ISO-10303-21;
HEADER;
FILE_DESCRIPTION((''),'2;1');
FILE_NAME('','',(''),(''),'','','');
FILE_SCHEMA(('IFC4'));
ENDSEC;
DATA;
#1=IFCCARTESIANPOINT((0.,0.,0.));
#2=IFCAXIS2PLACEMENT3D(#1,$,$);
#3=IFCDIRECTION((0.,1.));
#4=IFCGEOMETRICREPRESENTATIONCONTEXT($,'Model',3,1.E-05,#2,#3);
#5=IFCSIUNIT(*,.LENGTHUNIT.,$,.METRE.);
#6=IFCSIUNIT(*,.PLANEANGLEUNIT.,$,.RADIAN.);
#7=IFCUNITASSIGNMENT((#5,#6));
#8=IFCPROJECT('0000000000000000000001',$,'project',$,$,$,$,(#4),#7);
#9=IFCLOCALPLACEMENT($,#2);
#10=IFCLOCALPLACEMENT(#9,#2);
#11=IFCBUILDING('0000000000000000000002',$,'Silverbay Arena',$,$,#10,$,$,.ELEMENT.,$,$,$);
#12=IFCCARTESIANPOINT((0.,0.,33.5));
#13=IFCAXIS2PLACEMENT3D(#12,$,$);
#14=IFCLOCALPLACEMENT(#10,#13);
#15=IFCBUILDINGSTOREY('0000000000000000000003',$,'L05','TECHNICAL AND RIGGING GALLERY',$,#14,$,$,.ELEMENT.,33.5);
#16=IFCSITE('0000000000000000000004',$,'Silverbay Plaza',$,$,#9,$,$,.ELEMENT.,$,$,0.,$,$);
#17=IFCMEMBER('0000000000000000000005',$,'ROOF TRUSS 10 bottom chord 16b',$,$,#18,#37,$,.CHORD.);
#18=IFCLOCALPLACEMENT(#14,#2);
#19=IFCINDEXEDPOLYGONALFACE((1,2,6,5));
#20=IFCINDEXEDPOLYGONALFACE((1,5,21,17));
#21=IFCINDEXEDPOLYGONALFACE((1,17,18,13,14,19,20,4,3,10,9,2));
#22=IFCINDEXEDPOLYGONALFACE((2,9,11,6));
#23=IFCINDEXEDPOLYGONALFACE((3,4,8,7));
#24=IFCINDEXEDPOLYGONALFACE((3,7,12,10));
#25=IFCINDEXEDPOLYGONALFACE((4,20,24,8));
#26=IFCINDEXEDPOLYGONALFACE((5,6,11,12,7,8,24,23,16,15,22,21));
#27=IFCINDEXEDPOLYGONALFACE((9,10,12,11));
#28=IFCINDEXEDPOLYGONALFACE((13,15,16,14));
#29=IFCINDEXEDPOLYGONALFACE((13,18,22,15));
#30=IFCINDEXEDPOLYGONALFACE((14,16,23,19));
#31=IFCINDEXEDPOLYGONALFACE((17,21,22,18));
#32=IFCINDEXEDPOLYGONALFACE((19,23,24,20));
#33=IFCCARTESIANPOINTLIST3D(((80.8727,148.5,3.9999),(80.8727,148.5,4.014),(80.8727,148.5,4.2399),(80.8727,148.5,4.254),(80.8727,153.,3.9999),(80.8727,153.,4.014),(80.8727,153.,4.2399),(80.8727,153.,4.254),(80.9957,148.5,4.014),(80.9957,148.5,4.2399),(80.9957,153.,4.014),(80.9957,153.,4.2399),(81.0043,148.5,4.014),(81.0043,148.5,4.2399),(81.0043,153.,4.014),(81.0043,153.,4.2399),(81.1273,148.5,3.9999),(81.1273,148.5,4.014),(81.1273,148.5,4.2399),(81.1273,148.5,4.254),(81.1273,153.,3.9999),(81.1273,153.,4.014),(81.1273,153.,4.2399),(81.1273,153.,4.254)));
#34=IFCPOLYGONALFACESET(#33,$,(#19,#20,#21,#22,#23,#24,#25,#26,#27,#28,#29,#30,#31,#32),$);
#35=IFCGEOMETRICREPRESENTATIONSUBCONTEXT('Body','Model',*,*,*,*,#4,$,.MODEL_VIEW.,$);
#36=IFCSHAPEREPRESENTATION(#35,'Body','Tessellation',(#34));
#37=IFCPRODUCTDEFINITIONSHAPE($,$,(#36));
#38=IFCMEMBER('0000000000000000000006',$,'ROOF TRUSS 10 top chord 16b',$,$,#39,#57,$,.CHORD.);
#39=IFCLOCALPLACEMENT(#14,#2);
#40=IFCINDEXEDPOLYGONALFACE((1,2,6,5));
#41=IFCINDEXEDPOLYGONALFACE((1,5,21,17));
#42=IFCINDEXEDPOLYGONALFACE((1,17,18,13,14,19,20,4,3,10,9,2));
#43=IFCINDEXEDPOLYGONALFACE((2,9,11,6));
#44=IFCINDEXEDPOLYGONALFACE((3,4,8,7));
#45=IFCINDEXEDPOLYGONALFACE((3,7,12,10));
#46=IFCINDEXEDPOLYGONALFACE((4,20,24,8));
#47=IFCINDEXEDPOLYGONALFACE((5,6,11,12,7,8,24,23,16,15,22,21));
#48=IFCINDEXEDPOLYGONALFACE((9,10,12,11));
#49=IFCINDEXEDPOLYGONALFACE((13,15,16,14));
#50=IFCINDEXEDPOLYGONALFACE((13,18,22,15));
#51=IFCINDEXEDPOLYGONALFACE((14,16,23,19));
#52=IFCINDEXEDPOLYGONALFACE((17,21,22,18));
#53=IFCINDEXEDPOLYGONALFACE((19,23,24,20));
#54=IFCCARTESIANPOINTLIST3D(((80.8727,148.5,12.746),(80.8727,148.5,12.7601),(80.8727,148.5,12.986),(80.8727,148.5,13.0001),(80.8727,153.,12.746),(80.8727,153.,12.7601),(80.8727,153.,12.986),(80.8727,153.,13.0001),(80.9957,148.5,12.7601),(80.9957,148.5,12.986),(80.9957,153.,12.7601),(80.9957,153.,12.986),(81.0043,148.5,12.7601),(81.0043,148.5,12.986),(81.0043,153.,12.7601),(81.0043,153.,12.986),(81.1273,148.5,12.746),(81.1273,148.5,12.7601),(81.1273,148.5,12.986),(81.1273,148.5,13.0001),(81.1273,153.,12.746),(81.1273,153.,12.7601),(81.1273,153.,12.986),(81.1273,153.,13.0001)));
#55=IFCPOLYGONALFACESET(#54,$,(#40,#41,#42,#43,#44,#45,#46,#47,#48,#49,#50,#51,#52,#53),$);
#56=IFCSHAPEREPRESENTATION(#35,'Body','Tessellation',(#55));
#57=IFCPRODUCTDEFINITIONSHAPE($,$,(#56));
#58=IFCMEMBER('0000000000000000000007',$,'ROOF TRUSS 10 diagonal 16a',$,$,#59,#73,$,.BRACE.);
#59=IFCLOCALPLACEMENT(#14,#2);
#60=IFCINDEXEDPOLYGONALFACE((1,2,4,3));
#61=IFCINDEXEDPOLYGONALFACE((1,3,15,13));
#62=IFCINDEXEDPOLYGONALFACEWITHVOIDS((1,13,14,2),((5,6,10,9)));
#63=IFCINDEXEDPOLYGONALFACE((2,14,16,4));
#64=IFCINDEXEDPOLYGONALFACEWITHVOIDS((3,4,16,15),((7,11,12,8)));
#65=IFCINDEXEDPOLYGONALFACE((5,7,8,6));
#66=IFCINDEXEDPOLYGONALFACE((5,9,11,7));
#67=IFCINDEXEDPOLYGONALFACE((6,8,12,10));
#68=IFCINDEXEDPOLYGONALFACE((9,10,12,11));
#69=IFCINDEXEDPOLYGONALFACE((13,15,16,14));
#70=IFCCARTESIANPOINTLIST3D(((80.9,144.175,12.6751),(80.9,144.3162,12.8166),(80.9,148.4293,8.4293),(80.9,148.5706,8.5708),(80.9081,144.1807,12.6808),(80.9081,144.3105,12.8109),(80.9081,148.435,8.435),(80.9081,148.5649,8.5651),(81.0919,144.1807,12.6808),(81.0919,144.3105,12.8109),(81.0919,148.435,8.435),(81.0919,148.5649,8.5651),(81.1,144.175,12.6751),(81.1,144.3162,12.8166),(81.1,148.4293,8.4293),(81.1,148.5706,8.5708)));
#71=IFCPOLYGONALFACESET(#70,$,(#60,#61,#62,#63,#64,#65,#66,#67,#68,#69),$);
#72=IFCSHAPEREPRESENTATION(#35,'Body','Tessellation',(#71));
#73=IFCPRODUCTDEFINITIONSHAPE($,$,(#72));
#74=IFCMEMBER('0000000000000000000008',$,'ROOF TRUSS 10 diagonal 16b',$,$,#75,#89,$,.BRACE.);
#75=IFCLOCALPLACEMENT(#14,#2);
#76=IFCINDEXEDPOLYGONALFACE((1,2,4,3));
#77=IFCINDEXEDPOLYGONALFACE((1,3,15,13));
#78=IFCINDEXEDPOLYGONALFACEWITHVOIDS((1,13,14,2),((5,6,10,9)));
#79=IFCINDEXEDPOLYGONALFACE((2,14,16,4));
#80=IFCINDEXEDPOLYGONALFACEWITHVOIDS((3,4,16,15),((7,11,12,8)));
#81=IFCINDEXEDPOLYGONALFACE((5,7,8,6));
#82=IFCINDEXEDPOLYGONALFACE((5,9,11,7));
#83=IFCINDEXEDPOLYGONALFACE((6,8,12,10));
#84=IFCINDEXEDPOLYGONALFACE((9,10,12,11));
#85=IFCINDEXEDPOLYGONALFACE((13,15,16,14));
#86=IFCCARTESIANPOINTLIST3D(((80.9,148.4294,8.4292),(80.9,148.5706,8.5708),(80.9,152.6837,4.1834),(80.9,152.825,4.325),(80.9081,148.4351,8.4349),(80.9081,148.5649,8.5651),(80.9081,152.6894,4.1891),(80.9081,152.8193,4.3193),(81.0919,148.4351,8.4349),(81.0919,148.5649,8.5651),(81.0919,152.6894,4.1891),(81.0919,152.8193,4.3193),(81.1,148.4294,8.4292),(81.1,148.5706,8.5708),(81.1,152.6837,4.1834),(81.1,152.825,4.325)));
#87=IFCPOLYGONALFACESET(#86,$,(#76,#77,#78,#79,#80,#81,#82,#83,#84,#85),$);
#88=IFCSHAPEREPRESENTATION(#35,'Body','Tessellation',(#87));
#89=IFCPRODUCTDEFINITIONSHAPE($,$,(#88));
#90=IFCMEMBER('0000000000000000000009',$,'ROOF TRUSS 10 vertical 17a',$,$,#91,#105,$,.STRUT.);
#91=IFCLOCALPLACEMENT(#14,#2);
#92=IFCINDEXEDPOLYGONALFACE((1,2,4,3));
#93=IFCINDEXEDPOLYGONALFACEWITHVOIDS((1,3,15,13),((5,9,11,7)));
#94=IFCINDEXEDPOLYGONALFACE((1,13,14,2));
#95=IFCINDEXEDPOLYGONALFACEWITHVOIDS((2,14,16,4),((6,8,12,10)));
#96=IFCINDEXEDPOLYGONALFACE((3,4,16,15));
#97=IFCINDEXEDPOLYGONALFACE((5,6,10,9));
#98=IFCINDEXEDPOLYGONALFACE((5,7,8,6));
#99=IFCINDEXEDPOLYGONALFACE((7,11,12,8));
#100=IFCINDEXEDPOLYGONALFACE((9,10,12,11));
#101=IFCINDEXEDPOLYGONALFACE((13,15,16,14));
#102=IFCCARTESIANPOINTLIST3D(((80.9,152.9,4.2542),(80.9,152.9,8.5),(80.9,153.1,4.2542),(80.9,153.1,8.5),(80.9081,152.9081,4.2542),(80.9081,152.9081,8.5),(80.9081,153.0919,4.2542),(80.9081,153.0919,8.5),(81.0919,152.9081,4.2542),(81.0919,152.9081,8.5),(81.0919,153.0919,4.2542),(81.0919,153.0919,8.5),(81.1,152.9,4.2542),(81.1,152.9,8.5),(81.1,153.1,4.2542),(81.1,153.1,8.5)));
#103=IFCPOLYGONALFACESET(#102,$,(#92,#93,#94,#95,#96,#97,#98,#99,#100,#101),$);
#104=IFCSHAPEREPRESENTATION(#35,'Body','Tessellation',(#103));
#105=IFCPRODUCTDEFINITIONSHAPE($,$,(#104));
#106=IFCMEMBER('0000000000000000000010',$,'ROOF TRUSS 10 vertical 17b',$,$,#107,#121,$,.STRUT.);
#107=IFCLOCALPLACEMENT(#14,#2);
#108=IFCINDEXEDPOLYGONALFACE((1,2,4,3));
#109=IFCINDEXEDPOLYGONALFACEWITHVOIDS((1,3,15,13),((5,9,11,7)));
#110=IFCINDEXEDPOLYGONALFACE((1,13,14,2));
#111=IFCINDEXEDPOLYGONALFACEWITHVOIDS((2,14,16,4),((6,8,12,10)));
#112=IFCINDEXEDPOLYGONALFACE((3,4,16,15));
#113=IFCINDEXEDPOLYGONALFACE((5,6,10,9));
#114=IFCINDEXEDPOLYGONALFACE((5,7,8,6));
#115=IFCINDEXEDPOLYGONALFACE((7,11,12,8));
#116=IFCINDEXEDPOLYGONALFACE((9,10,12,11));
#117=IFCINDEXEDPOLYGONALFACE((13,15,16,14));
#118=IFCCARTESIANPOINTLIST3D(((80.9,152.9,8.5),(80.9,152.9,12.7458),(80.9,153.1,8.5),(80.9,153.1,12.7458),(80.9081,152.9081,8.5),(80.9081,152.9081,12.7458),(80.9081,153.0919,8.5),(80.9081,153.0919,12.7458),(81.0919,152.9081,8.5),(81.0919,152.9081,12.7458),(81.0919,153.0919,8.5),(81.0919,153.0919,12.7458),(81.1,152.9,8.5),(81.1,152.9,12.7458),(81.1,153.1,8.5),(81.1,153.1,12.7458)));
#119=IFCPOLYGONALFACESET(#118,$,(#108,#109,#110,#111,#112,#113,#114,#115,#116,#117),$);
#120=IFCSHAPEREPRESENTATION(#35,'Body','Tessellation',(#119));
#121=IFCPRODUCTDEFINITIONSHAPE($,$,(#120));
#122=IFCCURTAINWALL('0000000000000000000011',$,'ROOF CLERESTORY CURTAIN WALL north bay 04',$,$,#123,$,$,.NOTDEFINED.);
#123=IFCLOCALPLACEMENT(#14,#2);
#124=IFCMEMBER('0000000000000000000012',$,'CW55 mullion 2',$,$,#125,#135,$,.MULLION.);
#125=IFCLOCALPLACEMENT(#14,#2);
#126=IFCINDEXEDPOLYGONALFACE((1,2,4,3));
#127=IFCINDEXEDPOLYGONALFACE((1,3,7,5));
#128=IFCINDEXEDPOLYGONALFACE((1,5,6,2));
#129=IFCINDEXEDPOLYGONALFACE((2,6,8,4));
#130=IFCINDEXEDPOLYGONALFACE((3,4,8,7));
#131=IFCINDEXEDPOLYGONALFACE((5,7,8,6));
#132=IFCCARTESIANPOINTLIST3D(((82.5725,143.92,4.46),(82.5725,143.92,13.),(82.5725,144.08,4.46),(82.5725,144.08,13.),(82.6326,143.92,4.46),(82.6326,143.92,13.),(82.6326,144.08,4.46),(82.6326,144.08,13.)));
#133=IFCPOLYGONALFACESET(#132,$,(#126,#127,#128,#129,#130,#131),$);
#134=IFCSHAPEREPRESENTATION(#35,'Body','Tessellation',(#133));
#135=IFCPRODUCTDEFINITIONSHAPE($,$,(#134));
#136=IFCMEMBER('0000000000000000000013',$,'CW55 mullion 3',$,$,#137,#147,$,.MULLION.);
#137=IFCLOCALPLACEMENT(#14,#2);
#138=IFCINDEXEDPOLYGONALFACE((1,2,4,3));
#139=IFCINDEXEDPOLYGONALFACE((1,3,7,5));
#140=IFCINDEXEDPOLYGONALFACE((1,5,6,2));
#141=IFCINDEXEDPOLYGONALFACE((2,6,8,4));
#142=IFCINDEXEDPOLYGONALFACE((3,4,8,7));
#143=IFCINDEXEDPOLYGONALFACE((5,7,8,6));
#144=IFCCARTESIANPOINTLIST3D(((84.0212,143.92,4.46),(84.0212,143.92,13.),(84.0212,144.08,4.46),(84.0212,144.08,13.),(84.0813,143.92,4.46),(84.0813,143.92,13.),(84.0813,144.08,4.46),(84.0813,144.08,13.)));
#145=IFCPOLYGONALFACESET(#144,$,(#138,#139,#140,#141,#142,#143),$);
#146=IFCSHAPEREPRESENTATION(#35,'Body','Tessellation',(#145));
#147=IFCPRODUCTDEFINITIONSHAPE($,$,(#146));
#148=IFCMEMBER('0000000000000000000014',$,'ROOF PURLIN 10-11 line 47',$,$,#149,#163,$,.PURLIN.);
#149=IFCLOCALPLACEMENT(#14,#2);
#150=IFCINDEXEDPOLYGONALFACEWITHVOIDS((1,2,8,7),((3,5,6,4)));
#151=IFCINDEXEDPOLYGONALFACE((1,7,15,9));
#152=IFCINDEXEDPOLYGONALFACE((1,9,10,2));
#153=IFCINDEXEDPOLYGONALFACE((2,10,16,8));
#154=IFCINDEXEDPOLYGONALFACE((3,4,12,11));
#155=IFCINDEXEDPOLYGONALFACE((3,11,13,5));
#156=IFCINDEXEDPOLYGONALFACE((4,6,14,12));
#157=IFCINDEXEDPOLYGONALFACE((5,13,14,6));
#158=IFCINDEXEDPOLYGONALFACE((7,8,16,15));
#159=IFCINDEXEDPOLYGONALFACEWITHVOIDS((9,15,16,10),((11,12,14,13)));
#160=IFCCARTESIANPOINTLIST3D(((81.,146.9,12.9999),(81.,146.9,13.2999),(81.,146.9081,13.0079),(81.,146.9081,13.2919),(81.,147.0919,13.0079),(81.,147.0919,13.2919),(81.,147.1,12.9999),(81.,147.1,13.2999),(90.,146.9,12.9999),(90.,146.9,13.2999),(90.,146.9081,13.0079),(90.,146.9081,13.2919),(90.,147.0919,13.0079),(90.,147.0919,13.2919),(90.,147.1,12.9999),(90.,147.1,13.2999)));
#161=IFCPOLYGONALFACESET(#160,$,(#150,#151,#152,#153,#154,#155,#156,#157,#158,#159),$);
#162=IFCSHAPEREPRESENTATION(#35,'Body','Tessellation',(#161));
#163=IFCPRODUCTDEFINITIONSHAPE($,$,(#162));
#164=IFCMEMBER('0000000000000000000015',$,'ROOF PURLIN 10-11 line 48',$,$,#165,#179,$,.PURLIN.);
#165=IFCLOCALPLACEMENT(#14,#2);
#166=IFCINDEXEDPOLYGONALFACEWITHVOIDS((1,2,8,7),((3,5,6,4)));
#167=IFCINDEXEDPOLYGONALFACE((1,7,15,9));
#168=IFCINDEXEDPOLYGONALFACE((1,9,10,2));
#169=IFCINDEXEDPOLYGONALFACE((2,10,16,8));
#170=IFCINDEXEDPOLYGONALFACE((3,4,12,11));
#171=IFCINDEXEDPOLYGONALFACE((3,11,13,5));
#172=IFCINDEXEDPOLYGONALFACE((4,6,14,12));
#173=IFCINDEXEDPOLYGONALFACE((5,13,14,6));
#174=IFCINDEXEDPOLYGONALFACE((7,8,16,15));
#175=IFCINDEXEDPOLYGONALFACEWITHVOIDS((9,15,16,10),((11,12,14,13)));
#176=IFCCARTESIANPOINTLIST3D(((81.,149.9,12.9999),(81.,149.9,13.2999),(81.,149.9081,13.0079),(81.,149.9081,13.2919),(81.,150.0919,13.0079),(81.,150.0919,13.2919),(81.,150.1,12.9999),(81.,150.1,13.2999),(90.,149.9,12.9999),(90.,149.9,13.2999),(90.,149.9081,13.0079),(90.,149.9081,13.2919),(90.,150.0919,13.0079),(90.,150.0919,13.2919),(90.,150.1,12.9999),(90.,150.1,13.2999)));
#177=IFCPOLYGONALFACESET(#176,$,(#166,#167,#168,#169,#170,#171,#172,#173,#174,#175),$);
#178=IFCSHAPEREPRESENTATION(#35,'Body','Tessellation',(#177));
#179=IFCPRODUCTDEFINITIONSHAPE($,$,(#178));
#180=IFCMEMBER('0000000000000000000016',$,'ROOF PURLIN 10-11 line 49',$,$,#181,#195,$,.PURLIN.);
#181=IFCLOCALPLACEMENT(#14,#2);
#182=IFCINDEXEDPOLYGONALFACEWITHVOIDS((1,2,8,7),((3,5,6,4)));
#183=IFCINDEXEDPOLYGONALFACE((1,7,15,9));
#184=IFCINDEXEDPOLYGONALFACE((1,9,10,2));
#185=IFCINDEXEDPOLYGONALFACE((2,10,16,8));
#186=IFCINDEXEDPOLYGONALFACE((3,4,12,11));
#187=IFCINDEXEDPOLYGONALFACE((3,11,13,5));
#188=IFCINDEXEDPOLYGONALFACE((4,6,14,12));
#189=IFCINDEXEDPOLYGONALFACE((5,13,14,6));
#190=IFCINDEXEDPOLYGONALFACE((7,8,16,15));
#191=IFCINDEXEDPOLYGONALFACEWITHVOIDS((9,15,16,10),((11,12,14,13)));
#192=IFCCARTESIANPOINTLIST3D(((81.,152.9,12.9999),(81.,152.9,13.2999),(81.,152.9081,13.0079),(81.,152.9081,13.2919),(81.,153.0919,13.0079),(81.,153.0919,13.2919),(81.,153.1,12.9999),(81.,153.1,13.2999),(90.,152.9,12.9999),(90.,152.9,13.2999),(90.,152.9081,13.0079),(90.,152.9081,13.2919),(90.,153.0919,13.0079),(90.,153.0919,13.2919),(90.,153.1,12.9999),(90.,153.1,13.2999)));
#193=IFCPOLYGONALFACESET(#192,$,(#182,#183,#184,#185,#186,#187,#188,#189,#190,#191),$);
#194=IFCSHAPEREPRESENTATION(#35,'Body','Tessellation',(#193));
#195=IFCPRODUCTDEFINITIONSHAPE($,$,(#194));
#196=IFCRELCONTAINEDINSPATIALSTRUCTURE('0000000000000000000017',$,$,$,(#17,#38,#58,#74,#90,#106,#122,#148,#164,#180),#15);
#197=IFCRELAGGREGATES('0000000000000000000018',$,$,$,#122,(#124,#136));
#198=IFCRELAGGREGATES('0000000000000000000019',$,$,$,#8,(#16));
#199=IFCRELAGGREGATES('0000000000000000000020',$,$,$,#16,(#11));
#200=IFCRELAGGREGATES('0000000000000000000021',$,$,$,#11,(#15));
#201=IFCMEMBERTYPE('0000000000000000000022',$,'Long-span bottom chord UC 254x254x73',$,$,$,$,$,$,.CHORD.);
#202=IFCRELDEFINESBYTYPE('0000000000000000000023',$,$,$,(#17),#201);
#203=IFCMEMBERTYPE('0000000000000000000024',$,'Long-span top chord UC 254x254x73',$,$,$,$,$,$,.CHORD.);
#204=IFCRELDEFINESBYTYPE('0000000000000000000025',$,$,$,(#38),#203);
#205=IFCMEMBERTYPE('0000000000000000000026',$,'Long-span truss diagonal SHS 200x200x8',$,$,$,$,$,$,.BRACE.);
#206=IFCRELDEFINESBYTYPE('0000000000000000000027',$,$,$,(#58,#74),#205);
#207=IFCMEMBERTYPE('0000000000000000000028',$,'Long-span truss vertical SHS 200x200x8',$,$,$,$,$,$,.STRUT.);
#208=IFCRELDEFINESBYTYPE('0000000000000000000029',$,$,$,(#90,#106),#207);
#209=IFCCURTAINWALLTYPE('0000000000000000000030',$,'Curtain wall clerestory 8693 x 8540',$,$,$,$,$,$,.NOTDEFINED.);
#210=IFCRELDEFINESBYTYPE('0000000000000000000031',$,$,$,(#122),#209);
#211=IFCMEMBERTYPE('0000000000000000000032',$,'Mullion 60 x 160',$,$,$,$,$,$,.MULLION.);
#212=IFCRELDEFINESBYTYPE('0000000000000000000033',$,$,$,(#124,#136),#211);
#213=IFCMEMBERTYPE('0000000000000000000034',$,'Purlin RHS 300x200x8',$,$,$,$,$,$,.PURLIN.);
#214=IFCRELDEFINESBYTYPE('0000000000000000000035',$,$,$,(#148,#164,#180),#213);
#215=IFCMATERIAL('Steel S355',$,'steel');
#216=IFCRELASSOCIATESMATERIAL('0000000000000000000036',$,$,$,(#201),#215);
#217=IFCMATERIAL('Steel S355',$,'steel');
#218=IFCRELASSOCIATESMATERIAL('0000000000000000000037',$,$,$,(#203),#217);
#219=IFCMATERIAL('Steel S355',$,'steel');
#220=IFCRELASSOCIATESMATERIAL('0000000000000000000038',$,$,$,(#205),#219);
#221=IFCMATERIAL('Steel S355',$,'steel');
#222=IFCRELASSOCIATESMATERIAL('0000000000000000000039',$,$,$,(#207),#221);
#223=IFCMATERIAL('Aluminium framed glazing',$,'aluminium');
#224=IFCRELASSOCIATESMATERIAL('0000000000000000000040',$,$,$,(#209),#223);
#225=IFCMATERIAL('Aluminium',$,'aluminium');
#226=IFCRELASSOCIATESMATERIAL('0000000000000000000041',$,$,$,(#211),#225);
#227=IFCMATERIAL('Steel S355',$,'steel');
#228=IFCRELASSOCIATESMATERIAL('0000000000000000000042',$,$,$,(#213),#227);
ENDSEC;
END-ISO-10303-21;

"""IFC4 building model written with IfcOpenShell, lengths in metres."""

from ifc_helpers import new_model, si_unit, direction, frame, origin, origin_2d, place, context, subcontext, project, spatial, rectangle, hollow_rectangle, i_section, extrude, material, material_profile, profile_set, type_object, element, aggregate, save


model = new_model("IFC4")

# Units and contexts
model_context = context("Model", 3, precision=1e-05, world=origin(), true_north=direction((0.0, 1.0)))
body_context = subcontext(model_context, "Body", "Model", "MODEL_VIEW")
ifc_project = project(units=[si_unit("LENGTHUNIT", "METRE"), si_unit("PLANEANGLEUNIT", "RADIAN")], contexts=[model_context])

# Site, building, storey
site_placement = place(None, origin())
site = spatial("IfcSite", under=ifc_project, at=site_placement, Name="Silverbay Plaza", CompositionType="ELEMENT", RefElevation=0.0)
building_placement = place(site_placement, origin())
building = spatial("IfcBuilding", under=site, at=building_placement, Name="Silverbay Arena", CompositionType="ELEMENT")
storey_placement = place(building_placement, frame((0.0, 0.0, 33.5)))
storey = spatial("IfcBuildingStorey", under=building, at=storey_placement, Name="L05", Description="TECHNICAL AND RIGGING GALLERY", CompositionType="ELEMENT", Elevation=33.5)

# Members
ifc_material_1 = material(Name="Steel S355", Category="steel")
ifc_material_profile_1 = material_profile(ifc_material_1, i_section(OverallWidth=0.2546, OverallDepth=0.2542, WebThickness=0.0085, FlangeThickness=0.0142, at=origin_2d()), Name="UC 254x254x73")
ifc_profile_set_1 = profile_set([ifc_material_profile_1], Name="Steel S355")
member_type_1 = type_object("IfcMemberType", Name="Long-span bottom chord UC 254x254x73", PredefinedType="CHORD", material=ifc_profile_set_1)
member_1_placement = place(storey_placement, frame((81.0, 148.5, 4.127), z_axis=(0.0, 1.0, 0.0), x_axis=(-1.0, 0.0, 0.0)))
element("IfcMember", 1, at=member_1_placement, inside=storey, type_object=member_type_1, Name="ROOF TRUSS 10 bottom chord 16b", PredefinedType="CHORD", context=body_context, shape_type="SweptSolid", body=[
    extrude(i_section(OverallWidth=0.2546, OverallDepth=0.2542, WebThickness=0.0085, FlangeThickness=0.0142, at=origin_2d()), origin(), (0.0, 0.0, 1.0), 4.5),
])
ifc_material_2 = material(Name="Steel S355", Category="steel")
ifc_material_profile_2 = material_profile(ifc_material_2, i_section(OverallWidth=0.2546, OverallDepth=0.2542, WebThickness=0.0085, FlangeThickness=0.0142, at=origin_2d()), Name="UC 254x254x73")
ifc_profile_set_2 = profile_set([ifc_material_profile_2], Name="Steel S355")
member_type_2 = type_object("IfcMemberType", Name="Long-span top chord UC 254x254x73", PredefinedType="CHORD", material=ifc_profile_set_2)
member_2_placement = place(storey_placement, frame((81.0, 148.5, 12.873), z_axis=(0.0, 1.0, 0.0), x_axis=(-1.0, 0.0, 0.0)))
element("IfcMember", 2, at=member_2_placement, inside=storey, type_object=member_type_2, Name="ROOF TRUSS 10 top chord 16b", PredefinedType="CHORD", context=body_context, shape_type="SweptSolid", body=[
    extrude(i_section(OverallWidth=0.2546, OverallDepth=0.2542, WebThickness=0.0085, FlangeThickness=0.0142, at=origin_2d()), origin(), (0.0, 0.0, 1.0), 4.5),
])
ifc_material_3 = material(Name="Steel S355", Category="steel")
ifc_material_profile_3 = material_profile(ifc_material_3, hollow_rectangle(XDim=0.2, YDim=0.2, WallThickness=0.0081, at=origin_2d()), Name="SHS 200x200x8")
ifc_profile_set_3 = profile_set([ifc_material_profile_3], Name="Steel S355")
member_type_3 = type_object("IfcMemberType", Name="Long-span truss diagonal SHS 200x200x8", PredefinedType="BRACE", material=ifc_profile_set_3)
for number, where, z_axis, x_axis, name in (
    (3, (81.0, 144.2456, 12.7458), (0.0, 0.707817, -0.706396), (-1.0, 0.0, 0.0), "ROOF TRUSS 10 diagonal 16a"),
    (4, (81.0, 148.5, 8.5), (0.0, 0.707817, -0.706396), (-1.0, 0.0, 0.0), "ROOF TRUSS 10 diagonal 16b"),
):
    element("IfcMember", number, at=place(storey_placement, frame(where, z_axis=z_axis, x_axis=x_axis)), inside=storey, type_object=member_type_3, Name=name, PredefinedType="BRACE", context=body_context, shape_type="SweptSolid", body=[
        extrude(hollow_rectangle(XDim=0.2, YDim=0.2, WallThickness=0.0081, at=origin_2d()), origin(), (0.0, 0.0, 1.0), 6.0105),
    ])
ifc_material_4 = material(Name="Steel S355", Category="steel")
ifc_material_profile_4 = material_profile(ifc_material_4, hollow_rectangle(XDim=0.2, YDim=0.2, WallThickness=0.0081, at=origin_2d()), Name="SHS 200x200x8")
ifc_profile_set_4 = profile_set([ifc_material_profile_4], Name="Steel S355")
member_type_4 = type_object("IfcMemberType", Name="Long-span truss vertical SHS 200x200x8", PredefinedType="STRUT", material=ifc_profile_set_4)
for number, where, z_axis, x_axis, name in (
    (5, (81.0, 153.0, 4.2542), (0.0, 0.0, 1.0), (1.0, 0.0, 0.0), "ROOF TRUSS 10 vertical 17a"),
    (6, (81.0, 153.0, 8.5), (0.0, 0.0, 1.0), (1.0, 0.0, 0.0), "ROOF TRUSS 10 vertical 17b"),
):
    element("IfcMember", number, at=place(storey_placement, frame(where, z_axis=z_axis, x_axis=x_axis)), inside=storey, type_object=member_type_4, Name=name, PredefinedType="STRUT", context=body_context, shape_type="SweptSolid", body=[
        extrude(hollow_rectangle(XDim=0.2, YDim=0.2, WallThickness=0.0081, at=origin_2d()), origin(), (0.0, 0.0, 1.0), 4.2458),
    ])

# Curtain wall, members
ifc_material_5 = material(Name="Aluminium framed glazing", Category="aluminium")
curtain_wall_type = type_object("IfcCurtainWallType", Name="Curtain wall clerestory 8693 x 8540", PredefinedType="NOTDEFINED", material=ifc_material_5)
curtain_wall_placement = place(storey_placement, origin())
curtain_wall = element("IfcCurtainWall", 7, at=curtain_wall_placement, inside=storey, type_object=curtain_wall_type, Name="ROOF CLERESTORY CURTAIN WALL north bay 04", PredefinedType="NOTDEFINED")
ifc_material_6 = material(Name="Aluminium", Category="aluminium")
ifc_material_profile_5 = material_profile(ifc_material_6, rectangle(XDim=0.1599, YDim=0.0601, at=origin_2d()), Name="Mullion 60 x 160")
ifc_profile_set_5 = profile_set([ifc_material_profile_5], Name="Aluminium")
member_type_5 = type_object("IfcMemberType", Name="Mullion 60 x 160", PredefinedType="MULLION", material=ifc_profile_set_5)
member_3_placement = place(storey_placement, frame((82.6025, 144.0, 4.46), z_axis=(0.0, 0.0, 1.0), x_axis=(0.0, 1.0, 0.0)))
member_3 = element("IfcMember", 8, at=member_3_placement, type_object=member_type_5, Name="CW55 mullion 2", PredefinedType="MULLION", context=body_context, shape_type="SweptSolid", body=[
    extrude(rectangle(XDim=0.1599, YDim=0.0601, at=origin_2d()), origin(), (0.0, 0.0, 1.0), 8.54),
])
member_4_placement = place(storey_placement, frame((84.0513, 144.0, 4.46), z_axis=(0.0, 0.0, 1.0), x_axis=(0.0, 1.0, 0.0)))
member_4 = element("IfcMember", 9, at=member_4_placement, type_object=member_type_5, Name="CW55 mullion 3", PredefinedType="MULLION", context=body_context, shape_type="SweptSolid", body=[
    extrude(rectangle(XDim=0.1599, YDim=0.0601, at=origin_2d()), origin(), (0.0, 0.0, 1.0), 8.54),
])

# Members
ifc_material_7 = material(Name="Steel S355", Category="steel")
ifc_material_profile_6 = material_profile(ifc_material_7, hollow_rectangle(XDim=0.2, YDim=0.3, WallThickness=0.0081, at=origin_2d()), Name="RHS 300x200x8")
ifc_profile_set_6 = profile_set([ifc_material_profile_6], Name="Steel S355")
member_type_6 = type_object("IfcMemberType", Name="Purlin RHS 300x200x8", PredefinedType="PURLIN", material=ifc_profile_set_6)
for number, where, z_axis, x_axis, name in (
    (10, (81.0, 147.0, 13.1499), (1.0, 0.0, 0.0), (0.0, 1.0, 0.0), "ROOF PURLIN 10-11 line 47"),
    (11, (81.0, 150.0, 13.1499), (1.0, 0.0, 0.0), (0.0, 1.0, 0.0), "ROOF PURLIN 10-11 line 48"),
    (12, (81.0, 153.0, 13.1499), (1.0, 0.0, 0.0), (0.0, 1.0, 0.0), "ROOF PURLIN 10-11 line 49"),
):
    element("IfcMember", number, at=place(storey_placement, frame(where, z_axis=z_axis, x_axis=x_axis)), inside=storey, type_object=member_type_6, Name=name, PredefinedType="PURLIN", context=body_context, shape_type="SweptSolid", body=[
        extrude(hollow_rectangle(XDim=0.2, YDim=0.3, WallThickness=0.0081, at=origin_2d()), origin(), (0.0, 0.0, 1.0), 9.0),
    ])

aggregate(curtain_wall, [member_3, member_4])

save(model, "model.ifc")
